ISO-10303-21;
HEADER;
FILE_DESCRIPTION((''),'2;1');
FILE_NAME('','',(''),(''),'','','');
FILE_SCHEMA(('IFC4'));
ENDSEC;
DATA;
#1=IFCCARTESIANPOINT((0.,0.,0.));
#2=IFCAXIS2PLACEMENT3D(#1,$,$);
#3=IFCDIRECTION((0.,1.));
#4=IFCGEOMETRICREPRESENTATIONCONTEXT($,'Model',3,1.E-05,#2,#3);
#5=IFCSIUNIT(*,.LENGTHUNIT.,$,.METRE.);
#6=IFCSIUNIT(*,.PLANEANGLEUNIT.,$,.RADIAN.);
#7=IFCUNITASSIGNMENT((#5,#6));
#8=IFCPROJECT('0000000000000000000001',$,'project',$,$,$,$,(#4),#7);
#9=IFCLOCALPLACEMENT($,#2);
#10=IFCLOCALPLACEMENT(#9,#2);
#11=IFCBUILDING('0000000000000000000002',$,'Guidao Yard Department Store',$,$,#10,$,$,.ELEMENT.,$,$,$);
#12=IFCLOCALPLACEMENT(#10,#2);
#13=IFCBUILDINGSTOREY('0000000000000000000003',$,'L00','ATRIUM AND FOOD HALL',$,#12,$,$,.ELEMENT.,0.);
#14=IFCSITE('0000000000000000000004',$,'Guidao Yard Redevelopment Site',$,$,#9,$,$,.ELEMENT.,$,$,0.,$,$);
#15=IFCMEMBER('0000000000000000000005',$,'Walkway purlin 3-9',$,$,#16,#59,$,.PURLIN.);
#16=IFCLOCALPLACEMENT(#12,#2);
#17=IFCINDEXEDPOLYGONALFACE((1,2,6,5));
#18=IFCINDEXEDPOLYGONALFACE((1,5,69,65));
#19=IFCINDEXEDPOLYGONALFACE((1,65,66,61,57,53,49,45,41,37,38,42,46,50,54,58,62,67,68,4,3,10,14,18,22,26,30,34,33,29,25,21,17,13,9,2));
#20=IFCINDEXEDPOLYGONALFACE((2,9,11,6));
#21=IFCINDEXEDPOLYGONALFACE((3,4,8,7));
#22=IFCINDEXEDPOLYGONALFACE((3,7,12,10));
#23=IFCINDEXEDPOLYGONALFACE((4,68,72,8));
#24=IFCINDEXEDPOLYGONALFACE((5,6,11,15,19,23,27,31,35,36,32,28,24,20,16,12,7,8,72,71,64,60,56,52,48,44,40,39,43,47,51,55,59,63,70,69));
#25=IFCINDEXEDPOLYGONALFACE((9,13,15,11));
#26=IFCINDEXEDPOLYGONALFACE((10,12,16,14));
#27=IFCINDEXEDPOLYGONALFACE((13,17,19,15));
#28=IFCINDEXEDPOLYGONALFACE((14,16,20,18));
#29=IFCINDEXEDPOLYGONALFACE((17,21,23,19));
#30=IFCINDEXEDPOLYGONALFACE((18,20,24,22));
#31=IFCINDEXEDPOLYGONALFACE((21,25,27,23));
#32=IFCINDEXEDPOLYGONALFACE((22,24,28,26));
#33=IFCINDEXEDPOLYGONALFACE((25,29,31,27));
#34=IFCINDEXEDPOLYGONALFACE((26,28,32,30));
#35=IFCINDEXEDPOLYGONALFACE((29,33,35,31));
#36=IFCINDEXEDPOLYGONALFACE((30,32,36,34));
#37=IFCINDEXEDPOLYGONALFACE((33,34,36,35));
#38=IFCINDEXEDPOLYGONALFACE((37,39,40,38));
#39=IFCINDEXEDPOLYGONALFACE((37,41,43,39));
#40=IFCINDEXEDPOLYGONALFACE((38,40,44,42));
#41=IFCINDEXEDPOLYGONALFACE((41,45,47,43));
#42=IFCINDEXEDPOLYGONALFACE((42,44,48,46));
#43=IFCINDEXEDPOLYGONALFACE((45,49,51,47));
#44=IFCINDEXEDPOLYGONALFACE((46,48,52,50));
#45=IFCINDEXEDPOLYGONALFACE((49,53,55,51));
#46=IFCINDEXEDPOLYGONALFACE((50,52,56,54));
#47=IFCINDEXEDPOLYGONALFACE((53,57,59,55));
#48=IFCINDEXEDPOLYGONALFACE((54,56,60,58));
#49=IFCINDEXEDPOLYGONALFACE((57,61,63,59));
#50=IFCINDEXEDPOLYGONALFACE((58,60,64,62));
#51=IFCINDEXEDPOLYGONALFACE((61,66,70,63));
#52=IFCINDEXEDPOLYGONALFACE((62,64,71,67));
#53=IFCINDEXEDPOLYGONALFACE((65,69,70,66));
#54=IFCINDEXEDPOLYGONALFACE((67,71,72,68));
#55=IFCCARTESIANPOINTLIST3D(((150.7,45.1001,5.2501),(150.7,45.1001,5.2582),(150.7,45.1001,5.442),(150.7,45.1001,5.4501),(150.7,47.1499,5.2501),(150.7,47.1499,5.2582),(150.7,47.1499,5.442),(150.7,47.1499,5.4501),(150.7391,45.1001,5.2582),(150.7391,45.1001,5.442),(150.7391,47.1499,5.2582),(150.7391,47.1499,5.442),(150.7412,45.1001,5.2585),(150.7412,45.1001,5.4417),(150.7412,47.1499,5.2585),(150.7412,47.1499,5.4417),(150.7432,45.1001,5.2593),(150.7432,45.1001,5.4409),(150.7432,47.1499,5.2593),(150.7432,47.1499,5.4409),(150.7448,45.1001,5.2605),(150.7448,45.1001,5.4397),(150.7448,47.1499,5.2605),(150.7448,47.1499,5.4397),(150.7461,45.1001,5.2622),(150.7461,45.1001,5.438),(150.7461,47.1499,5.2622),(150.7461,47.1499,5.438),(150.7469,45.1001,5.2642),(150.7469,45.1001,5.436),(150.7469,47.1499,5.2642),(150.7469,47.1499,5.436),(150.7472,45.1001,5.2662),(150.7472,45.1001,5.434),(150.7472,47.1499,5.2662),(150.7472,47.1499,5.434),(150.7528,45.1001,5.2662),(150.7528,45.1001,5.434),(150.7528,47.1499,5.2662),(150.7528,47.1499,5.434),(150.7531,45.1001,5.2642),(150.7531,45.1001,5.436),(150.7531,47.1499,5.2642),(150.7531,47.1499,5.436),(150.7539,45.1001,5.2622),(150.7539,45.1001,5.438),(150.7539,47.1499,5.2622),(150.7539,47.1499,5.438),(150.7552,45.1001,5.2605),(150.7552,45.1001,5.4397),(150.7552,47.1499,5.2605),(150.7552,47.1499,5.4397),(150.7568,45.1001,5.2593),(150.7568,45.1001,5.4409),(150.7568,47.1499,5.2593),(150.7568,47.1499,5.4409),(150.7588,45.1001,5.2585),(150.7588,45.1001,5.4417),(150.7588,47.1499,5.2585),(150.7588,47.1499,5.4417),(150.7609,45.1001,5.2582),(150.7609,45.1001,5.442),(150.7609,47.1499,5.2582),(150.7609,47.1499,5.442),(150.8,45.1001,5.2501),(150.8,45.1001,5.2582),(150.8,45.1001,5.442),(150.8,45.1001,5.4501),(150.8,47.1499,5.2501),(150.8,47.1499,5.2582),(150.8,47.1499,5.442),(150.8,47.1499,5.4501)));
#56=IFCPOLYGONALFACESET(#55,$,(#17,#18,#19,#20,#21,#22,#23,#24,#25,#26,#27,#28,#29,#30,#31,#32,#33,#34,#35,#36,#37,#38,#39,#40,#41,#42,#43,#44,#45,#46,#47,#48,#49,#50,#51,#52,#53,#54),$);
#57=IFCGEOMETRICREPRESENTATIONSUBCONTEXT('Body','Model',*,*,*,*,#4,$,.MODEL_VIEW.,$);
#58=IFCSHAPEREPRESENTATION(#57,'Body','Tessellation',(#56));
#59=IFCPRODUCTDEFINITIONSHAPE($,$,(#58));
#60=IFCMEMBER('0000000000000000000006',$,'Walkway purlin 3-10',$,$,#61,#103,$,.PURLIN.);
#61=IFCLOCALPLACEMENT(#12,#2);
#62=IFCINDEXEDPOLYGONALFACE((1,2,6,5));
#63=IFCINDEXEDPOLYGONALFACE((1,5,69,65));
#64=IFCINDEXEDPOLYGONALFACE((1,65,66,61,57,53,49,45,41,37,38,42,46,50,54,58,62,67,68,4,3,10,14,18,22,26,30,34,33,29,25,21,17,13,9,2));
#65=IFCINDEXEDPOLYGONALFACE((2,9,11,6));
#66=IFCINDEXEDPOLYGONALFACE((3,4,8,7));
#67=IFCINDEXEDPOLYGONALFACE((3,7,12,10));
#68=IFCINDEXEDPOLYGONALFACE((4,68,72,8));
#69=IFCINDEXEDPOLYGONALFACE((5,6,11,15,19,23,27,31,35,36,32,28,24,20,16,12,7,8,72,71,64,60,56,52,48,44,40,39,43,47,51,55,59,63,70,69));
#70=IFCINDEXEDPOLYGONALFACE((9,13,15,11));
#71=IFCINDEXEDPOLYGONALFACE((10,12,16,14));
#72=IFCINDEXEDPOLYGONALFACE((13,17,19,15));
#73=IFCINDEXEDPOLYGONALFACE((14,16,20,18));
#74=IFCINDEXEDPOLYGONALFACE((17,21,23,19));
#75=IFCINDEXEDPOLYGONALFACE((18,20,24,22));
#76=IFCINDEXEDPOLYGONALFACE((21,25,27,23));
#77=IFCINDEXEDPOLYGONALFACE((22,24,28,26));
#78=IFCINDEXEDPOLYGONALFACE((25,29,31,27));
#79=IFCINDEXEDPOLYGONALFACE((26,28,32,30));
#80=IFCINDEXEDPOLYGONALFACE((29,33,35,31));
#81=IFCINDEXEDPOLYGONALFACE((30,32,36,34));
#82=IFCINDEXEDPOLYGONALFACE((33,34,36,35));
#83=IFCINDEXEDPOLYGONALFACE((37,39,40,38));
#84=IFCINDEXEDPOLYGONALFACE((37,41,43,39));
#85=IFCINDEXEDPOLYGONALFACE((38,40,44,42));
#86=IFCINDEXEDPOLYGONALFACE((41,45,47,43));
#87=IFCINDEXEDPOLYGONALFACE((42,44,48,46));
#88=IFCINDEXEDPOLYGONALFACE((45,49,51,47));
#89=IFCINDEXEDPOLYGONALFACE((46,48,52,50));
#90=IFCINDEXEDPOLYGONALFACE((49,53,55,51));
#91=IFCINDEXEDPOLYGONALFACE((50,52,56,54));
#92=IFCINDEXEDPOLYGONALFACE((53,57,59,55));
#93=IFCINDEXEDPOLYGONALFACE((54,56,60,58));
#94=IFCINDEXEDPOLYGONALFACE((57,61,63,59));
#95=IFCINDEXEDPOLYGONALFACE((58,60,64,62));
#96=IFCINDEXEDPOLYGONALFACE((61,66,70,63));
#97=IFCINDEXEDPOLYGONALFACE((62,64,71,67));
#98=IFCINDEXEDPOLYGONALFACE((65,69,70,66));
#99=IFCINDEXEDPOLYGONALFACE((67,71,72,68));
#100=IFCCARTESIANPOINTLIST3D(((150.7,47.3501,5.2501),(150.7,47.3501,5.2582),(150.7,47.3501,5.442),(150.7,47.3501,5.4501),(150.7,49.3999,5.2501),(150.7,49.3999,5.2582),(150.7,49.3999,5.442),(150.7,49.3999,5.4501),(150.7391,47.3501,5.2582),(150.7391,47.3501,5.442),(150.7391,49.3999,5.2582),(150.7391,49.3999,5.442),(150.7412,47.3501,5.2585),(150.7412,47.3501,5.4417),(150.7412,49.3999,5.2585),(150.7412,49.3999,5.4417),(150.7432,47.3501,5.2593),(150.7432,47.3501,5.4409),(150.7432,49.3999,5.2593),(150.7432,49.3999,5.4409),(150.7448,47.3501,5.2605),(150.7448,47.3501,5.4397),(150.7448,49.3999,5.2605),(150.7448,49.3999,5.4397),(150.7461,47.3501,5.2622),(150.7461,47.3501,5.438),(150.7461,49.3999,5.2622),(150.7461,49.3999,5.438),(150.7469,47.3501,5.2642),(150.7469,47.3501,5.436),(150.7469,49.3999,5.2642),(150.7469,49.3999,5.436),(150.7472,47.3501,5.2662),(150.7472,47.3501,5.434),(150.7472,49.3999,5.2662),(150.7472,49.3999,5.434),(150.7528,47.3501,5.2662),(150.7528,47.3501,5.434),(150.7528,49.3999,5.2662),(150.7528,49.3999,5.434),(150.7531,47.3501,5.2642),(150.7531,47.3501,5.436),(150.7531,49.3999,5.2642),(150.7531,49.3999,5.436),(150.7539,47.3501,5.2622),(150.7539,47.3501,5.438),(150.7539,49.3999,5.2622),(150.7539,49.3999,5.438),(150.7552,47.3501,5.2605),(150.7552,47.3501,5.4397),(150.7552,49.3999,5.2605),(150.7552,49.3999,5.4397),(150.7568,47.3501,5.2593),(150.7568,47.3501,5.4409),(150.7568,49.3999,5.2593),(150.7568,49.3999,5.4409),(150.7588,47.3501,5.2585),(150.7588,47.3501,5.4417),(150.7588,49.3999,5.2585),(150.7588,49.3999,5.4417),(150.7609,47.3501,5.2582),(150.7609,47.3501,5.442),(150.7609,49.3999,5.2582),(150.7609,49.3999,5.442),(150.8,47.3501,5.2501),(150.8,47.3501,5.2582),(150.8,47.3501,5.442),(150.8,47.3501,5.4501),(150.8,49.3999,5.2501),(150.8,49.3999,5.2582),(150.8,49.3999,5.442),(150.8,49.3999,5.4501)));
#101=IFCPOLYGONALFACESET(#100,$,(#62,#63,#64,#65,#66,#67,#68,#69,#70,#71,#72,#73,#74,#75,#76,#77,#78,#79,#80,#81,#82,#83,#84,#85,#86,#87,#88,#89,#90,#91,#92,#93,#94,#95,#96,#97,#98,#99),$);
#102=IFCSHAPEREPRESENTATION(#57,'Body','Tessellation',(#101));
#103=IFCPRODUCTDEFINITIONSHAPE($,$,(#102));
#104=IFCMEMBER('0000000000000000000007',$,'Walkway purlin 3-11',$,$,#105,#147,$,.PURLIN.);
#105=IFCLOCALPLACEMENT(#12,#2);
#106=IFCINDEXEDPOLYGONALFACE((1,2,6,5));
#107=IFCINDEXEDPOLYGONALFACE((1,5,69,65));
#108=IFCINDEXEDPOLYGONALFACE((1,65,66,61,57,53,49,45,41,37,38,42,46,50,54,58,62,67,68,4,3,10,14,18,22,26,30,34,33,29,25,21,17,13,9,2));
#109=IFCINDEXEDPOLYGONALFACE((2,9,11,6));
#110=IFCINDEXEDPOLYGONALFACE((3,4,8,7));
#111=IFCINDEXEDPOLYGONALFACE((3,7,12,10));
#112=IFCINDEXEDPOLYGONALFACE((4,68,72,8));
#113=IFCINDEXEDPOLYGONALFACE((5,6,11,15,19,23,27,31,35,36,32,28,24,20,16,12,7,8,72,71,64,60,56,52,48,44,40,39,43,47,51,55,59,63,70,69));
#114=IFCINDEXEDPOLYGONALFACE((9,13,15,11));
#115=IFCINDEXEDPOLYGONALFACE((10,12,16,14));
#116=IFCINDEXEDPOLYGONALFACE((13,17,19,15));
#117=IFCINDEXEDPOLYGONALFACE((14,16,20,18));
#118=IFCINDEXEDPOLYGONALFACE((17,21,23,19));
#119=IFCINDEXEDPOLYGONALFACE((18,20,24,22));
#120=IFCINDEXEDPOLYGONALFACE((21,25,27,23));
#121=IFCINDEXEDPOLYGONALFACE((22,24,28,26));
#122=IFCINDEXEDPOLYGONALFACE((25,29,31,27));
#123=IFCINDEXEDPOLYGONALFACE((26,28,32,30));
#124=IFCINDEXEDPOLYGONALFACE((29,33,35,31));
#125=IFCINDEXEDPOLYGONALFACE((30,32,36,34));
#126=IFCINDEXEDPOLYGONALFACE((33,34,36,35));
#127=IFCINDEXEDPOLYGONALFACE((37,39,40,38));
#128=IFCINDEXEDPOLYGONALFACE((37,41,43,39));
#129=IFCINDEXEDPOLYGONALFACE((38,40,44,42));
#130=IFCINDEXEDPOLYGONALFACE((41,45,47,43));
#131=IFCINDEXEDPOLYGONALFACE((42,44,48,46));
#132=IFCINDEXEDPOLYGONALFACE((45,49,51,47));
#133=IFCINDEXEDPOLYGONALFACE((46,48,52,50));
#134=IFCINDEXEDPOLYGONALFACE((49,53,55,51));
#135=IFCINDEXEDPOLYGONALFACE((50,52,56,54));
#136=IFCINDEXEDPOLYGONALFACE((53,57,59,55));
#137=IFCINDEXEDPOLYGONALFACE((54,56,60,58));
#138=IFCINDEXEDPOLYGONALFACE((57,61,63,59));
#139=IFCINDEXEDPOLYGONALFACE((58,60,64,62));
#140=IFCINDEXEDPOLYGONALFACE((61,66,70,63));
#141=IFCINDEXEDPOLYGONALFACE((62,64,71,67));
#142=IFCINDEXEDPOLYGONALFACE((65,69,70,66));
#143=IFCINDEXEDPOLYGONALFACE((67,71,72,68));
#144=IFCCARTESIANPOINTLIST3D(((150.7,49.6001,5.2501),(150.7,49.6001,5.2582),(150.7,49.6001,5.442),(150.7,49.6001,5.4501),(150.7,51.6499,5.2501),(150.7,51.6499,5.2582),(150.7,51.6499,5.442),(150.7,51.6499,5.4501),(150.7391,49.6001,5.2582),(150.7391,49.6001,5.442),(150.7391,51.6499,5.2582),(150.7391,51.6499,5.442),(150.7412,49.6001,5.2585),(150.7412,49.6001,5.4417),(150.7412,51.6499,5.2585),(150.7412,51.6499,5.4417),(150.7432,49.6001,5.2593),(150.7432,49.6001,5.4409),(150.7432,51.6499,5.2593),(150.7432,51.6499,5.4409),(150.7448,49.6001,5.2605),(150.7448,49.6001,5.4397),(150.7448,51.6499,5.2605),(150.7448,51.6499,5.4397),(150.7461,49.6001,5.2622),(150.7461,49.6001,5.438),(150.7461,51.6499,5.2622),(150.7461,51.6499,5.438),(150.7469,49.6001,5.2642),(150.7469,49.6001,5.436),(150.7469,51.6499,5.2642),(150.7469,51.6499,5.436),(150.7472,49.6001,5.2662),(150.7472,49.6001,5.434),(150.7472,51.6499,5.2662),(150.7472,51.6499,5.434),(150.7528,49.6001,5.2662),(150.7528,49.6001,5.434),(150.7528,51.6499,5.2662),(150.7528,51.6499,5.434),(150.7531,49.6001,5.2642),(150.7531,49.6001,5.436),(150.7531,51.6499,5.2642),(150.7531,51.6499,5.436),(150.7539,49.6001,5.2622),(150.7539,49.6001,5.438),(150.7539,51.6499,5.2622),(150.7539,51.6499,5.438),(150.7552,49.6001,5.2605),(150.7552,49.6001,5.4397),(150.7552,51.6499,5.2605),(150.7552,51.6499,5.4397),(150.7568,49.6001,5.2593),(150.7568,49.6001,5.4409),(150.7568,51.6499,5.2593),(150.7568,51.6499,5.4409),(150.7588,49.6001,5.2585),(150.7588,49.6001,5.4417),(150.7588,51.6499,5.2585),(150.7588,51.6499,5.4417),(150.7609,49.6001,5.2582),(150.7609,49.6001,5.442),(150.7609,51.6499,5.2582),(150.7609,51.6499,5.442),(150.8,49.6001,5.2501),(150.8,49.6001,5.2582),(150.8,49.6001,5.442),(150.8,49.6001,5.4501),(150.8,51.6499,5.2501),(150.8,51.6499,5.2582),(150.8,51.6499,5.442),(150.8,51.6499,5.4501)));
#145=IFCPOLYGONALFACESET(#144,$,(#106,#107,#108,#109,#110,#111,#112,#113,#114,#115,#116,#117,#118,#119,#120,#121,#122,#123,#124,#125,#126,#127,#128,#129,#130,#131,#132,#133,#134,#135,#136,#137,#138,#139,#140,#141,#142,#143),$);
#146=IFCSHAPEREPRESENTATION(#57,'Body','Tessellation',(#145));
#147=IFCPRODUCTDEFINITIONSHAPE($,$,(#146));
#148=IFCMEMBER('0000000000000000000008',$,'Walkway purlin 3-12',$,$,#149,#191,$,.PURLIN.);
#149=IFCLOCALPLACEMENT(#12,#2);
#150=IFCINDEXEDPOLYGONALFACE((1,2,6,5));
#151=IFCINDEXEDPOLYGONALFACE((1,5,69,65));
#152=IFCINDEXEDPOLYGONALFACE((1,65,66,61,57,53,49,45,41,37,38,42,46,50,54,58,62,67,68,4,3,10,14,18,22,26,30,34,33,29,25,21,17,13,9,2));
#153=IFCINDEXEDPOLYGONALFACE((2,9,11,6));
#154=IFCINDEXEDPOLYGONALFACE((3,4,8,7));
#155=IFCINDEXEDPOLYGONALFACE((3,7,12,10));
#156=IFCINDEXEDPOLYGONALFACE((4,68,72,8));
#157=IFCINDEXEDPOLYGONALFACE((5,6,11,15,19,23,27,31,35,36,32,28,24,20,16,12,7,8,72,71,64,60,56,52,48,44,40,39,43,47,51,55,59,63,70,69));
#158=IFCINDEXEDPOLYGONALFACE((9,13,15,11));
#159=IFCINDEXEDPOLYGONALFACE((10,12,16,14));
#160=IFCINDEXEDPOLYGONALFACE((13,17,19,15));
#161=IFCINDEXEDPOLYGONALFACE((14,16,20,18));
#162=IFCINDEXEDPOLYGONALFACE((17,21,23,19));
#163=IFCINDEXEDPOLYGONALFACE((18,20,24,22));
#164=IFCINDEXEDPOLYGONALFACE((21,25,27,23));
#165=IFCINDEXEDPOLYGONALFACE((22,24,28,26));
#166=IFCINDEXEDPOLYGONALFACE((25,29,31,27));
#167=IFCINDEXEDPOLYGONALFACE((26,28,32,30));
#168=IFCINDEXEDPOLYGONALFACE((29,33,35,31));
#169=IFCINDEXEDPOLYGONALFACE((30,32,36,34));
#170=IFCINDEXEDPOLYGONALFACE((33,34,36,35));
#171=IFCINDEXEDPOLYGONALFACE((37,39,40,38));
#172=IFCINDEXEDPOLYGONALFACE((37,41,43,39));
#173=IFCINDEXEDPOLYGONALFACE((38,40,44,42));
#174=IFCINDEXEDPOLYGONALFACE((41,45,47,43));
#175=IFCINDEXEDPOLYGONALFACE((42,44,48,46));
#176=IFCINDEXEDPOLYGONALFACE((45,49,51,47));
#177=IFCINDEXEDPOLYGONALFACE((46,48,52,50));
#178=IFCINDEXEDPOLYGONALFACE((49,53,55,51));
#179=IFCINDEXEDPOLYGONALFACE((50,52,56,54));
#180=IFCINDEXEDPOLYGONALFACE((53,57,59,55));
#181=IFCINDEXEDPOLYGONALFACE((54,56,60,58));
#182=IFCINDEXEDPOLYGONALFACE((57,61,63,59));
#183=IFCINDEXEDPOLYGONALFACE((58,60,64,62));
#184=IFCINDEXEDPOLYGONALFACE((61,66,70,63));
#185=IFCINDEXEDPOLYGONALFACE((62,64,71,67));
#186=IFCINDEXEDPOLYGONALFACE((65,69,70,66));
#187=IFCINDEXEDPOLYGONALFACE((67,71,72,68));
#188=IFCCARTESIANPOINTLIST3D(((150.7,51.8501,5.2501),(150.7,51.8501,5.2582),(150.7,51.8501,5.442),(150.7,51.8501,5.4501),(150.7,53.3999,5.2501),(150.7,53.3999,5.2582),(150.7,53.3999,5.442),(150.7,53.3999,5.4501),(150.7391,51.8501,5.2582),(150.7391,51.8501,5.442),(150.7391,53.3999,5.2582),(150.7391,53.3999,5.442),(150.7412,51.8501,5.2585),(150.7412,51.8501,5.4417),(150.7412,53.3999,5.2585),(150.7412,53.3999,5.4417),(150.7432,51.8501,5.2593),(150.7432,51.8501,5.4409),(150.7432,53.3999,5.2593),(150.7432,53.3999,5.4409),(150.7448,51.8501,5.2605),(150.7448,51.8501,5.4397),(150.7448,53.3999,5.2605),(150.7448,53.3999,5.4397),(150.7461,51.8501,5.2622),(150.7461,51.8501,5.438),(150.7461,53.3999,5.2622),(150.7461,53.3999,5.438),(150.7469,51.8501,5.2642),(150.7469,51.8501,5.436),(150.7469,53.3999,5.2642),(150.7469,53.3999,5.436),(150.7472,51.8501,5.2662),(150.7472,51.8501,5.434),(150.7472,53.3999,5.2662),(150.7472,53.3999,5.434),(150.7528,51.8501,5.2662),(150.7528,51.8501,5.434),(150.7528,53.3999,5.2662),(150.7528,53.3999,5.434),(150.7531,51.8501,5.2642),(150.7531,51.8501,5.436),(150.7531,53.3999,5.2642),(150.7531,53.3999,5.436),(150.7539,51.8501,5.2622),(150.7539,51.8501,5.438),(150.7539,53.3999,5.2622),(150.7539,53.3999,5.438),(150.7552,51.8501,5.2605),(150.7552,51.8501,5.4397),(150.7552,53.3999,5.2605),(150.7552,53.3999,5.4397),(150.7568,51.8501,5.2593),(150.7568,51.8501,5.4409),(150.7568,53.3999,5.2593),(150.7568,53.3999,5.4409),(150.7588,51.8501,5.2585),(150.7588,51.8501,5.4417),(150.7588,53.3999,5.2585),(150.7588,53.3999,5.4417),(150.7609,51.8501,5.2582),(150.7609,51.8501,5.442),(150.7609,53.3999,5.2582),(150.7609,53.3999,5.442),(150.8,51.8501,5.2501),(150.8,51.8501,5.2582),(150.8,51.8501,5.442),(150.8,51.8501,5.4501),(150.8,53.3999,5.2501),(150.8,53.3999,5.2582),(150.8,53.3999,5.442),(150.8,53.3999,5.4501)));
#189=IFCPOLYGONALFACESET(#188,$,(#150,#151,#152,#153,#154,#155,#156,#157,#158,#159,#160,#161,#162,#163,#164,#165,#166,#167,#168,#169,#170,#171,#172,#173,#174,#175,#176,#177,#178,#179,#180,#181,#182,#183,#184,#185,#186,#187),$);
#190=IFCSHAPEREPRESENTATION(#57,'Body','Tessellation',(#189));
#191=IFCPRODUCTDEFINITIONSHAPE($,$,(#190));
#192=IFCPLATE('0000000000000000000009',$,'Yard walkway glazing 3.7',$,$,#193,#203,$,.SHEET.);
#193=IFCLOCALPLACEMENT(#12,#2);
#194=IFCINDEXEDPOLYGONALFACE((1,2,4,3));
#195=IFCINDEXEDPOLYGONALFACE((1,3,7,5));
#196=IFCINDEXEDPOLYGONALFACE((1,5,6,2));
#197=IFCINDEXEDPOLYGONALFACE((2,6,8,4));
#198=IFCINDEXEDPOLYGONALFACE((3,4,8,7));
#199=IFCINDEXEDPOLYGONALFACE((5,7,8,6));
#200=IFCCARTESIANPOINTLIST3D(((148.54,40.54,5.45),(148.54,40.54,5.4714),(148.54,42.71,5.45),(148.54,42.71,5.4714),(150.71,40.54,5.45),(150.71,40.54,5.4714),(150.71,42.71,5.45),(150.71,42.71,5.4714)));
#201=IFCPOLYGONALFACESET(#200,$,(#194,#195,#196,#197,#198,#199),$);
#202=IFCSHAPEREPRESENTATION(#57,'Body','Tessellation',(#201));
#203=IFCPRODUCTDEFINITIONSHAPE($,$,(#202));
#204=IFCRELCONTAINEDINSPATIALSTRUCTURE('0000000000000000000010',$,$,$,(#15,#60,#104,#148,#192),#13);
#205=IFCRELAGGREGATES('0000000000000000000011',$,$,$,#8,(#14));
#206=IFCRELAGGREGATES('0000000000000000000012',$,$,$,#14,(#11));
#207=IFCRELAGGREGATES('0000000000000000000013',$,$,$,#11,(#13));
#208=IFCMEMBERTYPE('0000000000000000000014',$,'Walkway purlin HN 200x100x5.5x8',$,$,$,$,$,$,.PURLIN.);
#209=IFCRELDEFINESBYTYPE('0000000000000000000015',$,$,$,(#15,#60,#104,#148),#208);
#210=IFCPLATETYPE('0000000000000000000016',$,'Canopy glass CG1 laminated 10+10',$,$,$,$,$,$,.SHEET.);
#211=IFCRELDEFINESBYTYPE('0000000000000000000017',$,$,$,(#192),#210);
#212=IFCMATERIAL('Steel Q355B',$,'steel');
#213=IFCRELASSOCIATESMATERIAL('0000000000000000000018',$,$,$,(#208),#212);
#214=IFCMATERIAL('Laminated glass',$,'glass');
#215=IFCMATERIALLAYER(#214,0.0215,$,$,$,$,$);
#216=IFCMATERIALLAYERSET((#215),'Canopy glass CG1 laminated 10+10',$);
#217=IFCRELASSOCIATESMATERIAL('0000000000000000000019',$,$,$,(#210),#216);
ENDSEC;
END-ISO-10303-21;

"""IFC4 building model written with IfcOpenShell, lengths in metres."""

from ifc_helpers import new_model, si_unit, direction, frame, origin, origin_2d, place, context, subcontext, project, spatial, rectangle, i_section, extrude, material, layer, layer_set, material_profile, profile_set, type_object, element, save


model = new_model("IFC4")

# Units and contexts
model_context = context("Model", 3, precision=1e-05, world=origin(), true_north=direction((0.0, 1.0)))
body_context = subcontext(model_context, "Body", "Model", "MODEL_VIEW")
ifc_project = project(units=[si_unit("LENGTHUNIT", "METRE"), si_unit("PLANEANGLEUNIT", "RADIAN")], contexts=[model_context])

# Site, building, storey
site_placement = place(None, origin())
site = spatial("IfcSite", under=ifc_project, at=site_placement, Name="Guidao Yard Redevelopment Site", CompositionType="ELEMENT", RefElevation=0.0)
building_placement = place(site_placement, origin())
building = spatial("IfcBuilding", under=site, at=building_placement, Name="Guidao Yard Department Store", CompositionType="ELEMENT")
storey_placement = place(building_placement, origin())
storey = spatial("IfcBuildingStorey", under=building, at=storey_placement, Name="L00", Description="ATRIUM AND FOOD HALL", CompositionType="ELEMENT", Elevation=0.0)

# Members
ifc_material_1 = material(Name="Steel Q355B", Category="steel")
ifc_material_profile_1 = material_profile(ifc_material_1, i_section(OverallWidth=0.1001, OverallDepth=0.2, WebThickness=0.0056, FlangeThickness=0.0081, FilletRadius=0.0081, at=origin_2d()), Name="HN 200x100x5.5x8")
ifc_profile_set_1 = profile_set([ifc_material_profile_1], Name="Steel Q355B")
member_type = type_object("IfcMemberType", Name="Walkway purlin HN 200x100x5.5x8", PredefinedType="PURLIN", material=ifc_profile_set_1)
for number, where, z_axis, x_axis, name in (
    (1, (150.75, 45.1001, 5.3501), (0.0, 1.0, 0.0), (-1.0, 0.0, 0.0), "Walkway purlin 3-9"),
    (2, (150.75, 47.3501, 5.3501), (0.0, 1.0, 0.0), (-1.0, 0.0, 0.0), "Walkway purlin 3-10"),
    (3, (150.75, 49.6001, 5.3501), (0.0, 1.0, 0.0), (-1.0, 0.0, 0.0), "Walkway purlin 3-11"),
):
    element("IfcMember", number, at=place(storey_placement, frame(where, z_axis=z_axis, x_axis=x_axis)), inside=storey, type_object=member_type, Name=name, PredefinedType="PURLIN", context=body_context, shape_type="SweptSolid", body=[
        extrude(i_section(OverallWidth=0.1001, OverallDepth=0.2, WebThickness=0.0056, FlangeThickness=0.0081, FilletRadius=0.0081, at=origin_2d()), origin(), (0.0, 0.0, 1.0), 2.0498),
    ])
member_placement = place(storey_placement, frame((150.75, 51.8501, 5.3501), z_axis=(0.0, 1.0, 0.0), x_axis=(-1.0, 0.0, 0.0)))
element("IfcMember", 4, at=member_placement, inside=storey, type_object=member_type, Name="Walkway purlin 3-12", PredefinedType="PURLIN", context=body_context, shape_type="SweptSolid", body=[
    extrude(i_section(OverallWidth=0.1001, OverallDepth=0.2, WebThickness=0.0056, FlangeThickness=0.0081, FilletRadius=0.0081, at=origin_2d()), origin(), (0.0, 0.0, 1.0), 1.5498),
])

# Plate
ifc_material_2 = material(Name="Laminated glass", Category="glass")
ifc_layer_1 = layer(ifc_material_2, 0.0215)
ifc_layer_set_1 = layer_set([ifc_layer_1], Name="Canopy glass CG1 laminated 10+10")
plate_type = type_object("IfcPlateType", Name="Canopy glass CG1 laminated 10+10", PredefinedType="SHEET", material=ifc_layer_set_1)
for number, where, z_axis, x_axis, name in (
    (5, (149.625, 41.625, 5.45), (0.0, 0.0, 1.0), (1.0, 0.0, 0.0), "Yard walkway glazing 3.7"),
):
    element("IfcPlate", number, at=place(storey_placement, frame(where, z_axis=z_axis, x_axis=x_axis)), inside=storey, type_object=plate_type, Name=name, PredefinedType="SHEET", context=body_context, shape_type="SweptSolid", body=[
        extrude(rectangle(XDim=2.1699, YDim=2.1699, at=origin_2d()), origin(), (0.0, 0.0, 1.0), 0.0215),
    ])

save(model, "model.ifc")
